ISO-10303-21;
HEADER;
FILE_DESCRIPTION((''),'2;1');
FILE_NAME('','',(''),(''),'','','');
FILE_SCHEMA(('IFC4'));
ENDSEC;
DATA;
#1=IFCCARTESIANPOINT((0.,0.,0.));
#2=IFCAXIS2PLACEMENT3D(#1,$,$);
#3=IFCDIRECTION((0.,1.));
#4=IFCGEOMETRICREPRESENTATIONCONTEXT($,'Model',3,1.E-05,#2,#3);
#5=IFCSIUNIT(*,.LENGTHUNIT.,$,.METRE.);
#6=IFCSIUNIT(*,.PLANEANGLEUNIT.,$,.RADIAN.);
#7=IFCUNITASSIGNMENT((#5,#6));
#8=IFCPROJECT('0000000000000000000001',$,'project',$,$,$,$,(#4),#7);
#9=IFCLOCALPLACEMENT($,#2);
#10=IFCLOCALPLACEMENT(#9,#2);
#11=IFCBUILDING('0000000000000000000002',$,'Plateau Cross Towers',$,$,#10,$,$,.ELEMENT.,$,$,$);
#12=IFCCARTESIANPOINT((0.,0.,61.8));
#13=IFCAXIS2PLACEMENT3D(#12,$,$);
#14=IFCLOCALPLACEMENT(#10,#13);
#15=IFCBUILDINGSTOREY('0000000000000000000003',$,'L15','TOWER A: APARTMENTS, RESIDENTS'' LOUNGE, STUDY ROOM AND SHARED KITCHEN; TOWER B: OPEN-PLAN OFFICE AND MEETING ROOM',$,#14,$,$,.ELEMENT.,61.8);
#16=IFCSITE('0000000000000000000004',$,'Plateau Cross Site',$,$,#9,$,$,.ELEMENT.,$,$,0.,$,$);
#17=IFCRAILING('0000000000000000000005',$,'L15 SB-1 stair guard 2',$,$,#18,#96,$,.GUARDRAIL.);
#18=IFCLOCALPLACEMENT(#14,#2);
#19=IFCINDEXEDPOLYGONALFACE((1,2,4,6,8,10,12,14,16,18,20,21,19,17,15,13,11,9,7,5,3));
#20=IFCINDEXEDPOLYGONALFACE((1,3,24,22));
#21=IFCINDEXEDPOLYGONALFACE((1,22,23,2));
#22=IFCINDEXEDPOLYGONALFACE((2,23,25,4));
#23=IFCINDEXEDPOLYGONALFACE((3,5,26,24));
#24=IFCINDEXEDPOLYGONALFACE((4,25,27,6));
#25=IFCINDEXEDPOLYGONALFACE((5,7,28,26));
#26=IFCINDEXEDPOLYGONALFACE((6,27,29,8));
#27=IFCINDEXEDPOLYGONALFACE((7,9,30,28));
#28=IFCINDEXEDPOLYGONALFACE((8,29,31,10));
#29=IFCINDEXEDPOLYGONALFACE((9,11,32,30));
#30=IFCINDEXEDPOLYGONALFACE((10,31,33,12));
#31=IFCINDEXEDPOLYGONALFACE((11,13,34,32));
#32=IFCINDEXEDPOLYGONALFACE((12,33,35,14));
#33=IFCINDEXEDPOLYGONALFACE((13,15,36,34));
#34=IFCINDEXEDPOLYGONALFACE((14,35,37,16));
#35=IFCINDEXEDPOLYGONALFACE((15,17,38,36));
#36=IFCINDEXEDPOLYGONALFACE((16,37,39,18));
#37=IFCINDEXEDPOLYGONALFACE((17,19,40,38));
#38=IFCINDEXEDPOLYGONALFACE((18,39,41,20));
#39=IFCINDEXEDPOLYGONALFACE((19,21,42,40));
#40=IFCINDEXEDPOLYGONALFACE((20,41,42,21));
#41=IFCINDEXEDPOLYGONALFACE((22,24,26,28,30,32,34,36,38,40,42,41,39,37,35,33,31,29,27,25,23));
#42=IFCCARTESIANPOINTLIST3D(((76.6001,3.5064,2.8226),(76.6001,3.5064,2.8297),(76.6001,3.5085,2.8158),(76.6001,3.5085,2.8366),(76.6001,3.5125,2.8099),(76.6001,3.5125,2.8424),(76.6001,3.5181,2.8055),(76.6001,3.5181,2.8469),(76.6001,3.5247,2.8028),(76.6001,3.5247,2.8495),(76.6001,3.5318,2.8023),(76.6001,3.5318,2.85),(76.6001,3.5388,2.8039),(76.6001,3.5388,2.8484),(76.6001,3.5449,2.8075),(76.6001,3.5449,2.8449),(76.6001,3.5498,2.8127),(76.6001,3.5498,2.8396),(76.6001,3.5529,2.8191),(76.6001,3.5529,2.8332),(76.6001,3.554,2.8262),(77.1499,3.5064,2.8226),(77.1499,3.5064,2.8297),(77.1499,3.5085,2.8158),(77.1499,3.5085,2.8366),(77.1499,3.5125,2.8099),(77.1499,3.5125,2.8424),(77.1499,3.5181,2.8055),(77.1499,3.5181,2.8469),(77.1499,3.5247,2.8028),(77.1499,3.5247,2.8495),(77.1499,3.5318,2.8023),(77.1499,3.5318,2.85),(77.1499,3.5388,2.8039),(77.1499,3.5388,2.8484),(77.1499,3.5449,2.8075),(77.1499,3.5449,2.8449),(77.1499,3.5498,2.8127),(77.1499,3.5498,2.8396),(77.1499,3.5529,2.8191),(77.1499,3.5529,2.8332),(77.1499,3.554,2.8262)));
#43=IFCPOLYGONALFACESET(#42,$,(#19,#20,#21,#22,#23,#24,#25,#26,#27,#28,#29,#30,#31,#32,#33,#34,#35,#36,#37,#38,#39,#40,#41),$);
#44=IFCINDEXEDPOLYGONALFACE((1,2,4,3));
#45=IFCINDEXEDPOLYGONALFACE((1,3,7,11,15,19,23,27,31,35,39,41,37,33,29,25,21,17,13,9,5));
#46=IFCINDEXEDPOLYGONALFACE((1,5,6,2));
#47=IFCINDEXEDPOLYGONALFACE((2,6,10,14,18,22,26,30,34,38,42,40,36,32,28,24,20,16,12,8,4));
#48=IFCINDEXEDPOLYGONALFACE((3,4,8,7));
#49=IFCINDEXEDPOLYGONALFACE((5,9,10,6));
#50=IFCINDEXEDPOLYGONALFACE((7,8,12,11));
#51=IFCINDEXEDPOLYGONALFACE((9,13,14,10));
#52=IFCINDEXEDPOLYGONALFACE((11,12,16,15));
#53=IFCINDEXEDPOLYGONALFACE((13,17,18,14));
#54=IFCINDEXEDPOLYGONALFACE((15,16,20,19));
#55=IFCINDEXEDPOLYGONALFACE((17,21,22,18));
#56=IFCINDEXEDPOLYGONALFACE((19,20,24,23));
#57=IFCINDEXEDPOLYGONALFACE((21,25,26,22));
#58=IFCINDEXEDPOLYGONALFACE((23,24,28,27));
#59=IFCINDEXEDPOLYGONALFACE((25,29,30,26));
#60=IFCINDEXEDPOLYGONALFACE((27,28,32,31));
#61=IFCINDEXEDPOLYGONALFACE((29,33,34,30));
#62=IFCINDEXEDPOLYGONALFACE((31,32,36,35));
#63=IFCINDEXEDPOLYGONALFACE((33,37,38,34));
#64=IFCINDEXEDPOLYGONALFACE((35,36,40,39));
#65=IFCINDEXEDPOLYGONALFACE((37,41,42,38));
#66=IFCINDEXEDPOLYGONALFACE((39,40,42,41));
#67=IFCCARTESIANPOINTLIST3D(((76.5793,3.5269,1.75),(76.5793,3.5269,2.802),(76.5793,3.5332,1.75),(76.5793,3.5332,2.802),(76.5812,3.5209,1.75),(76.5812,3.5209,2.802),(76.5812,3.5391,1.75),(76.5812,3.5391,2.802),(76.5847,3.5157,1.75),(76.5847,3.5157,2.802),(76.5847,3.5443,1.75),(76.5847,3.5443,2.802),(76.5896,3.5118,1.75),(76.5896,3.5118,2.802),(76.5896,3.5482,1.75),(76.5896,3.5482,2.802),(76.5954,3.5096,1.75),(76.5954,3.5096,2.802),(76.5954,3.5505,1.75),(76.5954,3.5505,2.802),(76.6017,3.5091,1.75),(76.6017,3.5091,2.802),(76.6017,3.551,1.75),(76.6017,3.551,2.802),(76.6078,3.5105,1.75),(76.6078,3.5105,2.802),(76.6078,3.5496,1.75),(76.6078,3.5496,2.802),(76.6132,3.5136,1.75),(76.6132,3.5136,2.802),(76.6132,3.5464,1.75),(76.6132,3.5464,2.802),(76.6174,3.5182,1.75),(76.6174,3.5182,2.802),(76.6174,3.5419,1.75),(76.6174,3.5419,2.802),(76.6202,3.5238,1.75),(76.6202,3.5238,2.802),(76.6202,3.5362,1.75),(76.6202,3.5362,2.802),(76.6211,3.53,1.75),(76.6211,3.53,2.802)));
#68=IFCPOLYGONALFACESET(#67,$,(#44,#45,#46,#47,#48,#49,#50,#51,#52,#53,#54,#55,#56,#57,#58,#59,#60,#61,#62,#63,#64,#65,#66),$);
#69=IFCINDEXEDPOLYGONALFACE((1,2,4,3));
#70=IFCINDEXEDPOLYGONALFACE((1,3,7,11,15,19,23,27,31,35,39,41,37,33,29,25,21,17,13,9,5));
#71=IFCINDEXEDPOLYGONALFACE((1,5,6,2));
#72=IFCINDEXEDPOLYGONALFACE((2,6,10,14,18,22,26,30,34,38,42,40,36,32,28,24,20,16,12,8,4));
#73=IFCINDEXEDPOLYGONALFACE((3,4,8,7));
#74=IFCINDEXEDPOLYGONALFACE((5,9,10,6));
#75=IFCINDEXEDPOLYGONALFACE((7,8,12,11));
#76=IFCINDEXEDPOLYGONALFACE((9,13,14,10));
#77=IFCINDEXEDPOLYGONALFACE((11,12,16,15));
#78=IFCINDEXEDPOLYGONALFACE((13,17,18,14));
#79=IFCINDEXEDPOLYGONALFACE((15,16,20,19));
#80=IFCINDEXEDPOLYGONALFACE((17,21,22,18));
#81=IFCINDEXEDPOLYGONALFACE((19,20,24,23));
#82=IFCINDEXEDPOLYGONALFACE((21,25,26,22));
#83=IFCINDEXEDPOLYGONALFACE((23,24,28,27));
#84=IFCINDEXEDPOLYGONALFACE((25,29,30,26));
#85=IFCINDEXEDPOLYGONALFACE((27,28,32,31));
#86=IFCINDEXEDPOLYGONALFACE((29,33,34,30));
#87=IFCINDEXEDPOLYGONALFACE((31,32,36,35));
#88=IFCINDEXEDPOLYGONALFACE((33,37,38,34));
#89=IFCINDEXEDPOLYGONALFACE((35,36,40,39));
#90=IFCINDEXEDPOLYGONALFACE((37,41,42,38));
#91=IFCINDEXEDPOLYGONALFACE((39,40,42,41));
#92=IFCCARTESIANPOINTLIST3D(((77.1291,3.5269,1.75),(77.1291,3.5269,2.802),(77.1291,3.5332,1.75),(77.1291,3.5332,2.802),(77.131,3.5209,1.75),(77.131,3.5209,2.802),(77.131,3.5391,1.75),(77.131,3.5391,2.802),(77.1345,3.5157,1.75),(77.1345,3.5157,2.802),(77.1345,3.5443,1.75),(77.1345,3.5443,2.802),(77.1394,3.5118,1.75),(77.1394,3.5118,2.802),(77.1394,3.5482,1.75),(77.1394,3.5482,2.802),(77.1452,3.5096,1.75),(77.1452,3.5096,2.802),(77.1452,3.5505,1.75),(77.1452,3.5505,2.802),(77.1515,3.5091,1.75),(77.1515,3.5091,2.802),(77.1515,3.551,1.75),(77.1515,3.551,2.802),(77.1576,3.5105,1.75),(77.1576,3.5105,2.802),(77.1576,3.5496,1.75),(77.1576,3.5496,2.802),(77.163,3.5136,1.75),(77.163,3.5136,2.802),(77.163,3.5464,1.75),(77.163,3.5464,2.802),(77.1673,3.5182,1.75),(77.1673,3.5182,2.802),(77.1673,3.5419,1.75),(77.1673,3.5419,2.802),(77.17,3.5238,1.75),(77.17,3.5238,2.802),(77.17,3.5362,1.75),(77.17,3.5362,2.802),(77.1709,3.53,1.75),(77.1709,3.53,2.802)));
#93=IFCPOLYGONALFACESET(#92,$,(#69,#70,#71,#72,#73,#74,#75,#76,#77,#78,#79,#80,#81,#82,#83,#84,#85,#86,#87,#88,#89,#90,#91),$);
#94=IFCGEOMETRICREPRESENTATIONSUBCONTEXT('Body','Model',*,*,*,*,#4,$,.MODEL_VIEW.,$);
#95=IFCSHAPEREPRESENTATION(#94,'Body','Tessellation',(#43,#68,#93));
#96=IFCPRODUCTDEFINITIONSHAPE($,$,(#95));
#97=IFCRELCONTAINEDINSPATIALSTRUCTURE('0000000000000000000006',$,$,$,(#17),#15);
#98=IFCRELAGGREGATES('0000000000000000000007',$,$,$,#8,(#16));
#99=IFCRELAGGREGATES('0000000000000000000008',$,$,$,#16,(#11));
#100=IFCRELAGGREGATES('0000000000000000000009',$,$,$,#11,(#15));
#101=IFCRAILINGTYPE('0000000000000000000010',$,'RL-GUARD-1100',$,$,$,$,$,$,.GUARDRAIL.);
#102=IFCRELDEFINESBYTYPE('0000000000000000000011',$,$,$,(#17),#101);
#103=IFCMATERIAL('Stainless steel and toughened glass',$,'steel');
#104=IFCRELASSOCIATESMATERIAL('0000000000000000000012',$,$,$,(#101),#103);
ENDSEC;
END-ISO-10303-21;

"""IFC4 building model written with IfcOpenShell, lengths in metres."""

from ifc_helpers import new_model, si_unit, direction, frame, origin, origin_2d, place, context, subcontext, project, spatial, circle, extrude, material, type_object, element, save


model = new_model("IFC4")

# Units and contexts
model_context = context("Model", 3, precision=1e-05, world=origin(), true_north=direction((0.0, 1.0)))
body_context = subcontext(model_context, "Body", "Model", "MODEL_VIEW")
ifc_project = project(units=[si_unit("LENGTHUNIT", "METRE"), si_unit("PLANEANGLEUNIT", "RADIAN")], contexts=[model_context])

# Site, building, storey
site_placement = place(None, origin())
site = spatial("IfcSite", under=ifc_project, at=site_placement, Name="Plateau Cross Site", CompositionType="ELEMENT", RefElevation=0.0)
building_placement = place(site_placement, origin())
building = spatial("IfcBuilding", under=site, at=building_placement, Name="Plateau Cross Towers", CompositionType="ELEMENT")
storey_placement = place(building_placement, frame((0.0, 0.0, 61.8)))
storey = spatial("IfcBuildingStorey", under=building, at=storey_placement, Name="L15", Description="TOWER A: APARTMENTS, RESIDENTS' LOUNGE, STUDY ROOM AND SHARED KITCHEN; TOWER B: OPEN-PLAN OFFICE AND MEETING ROOM", CompositionType="ELEMENT", Elevation=61.8)

# Railing
ifc_material_1 = material(Name="Stainless steel and toughened glass", Category="steel")
railing_type_1 = type_object("IfcRailingType", Name="RL-GUARD-1100", PredefinedType="GUARDRAIL", material=ifc_material_1)
railing_1_placement = place(storey_placement, frame((76.6001, 3.53, 1.75)))
element("IfcRailing", 1, at=railing_1_placement, inside=storey, type_object=railing_type_1, Name="L15 SB-1 stair guard 2", PredefinedType="GUARDRAIL", context=body_context, shape_type="SweptSolid", body=[
    extrude(circle(Radius=0.0239, at=origin_2d()), frame((0.0, 0.0, 1.0762), z_axis=(1.0, 0.0, 0.0), x_axis=(0.0, 1.0, 0.0)), (0.0, 0.0, 1.0), 0.5498),
    extrude(circle(Radius=0.021, at=origin_2d()), origin(), (0.0, 0.0, 1.0), 1.052),
    extrude(circle(Radius=0.021, at=origin_2d()), frame((0.5498, 0.0, 0.0)), (0.0, 0.0, 1.0), 1.052),
])

save(model, "model.ifc")
